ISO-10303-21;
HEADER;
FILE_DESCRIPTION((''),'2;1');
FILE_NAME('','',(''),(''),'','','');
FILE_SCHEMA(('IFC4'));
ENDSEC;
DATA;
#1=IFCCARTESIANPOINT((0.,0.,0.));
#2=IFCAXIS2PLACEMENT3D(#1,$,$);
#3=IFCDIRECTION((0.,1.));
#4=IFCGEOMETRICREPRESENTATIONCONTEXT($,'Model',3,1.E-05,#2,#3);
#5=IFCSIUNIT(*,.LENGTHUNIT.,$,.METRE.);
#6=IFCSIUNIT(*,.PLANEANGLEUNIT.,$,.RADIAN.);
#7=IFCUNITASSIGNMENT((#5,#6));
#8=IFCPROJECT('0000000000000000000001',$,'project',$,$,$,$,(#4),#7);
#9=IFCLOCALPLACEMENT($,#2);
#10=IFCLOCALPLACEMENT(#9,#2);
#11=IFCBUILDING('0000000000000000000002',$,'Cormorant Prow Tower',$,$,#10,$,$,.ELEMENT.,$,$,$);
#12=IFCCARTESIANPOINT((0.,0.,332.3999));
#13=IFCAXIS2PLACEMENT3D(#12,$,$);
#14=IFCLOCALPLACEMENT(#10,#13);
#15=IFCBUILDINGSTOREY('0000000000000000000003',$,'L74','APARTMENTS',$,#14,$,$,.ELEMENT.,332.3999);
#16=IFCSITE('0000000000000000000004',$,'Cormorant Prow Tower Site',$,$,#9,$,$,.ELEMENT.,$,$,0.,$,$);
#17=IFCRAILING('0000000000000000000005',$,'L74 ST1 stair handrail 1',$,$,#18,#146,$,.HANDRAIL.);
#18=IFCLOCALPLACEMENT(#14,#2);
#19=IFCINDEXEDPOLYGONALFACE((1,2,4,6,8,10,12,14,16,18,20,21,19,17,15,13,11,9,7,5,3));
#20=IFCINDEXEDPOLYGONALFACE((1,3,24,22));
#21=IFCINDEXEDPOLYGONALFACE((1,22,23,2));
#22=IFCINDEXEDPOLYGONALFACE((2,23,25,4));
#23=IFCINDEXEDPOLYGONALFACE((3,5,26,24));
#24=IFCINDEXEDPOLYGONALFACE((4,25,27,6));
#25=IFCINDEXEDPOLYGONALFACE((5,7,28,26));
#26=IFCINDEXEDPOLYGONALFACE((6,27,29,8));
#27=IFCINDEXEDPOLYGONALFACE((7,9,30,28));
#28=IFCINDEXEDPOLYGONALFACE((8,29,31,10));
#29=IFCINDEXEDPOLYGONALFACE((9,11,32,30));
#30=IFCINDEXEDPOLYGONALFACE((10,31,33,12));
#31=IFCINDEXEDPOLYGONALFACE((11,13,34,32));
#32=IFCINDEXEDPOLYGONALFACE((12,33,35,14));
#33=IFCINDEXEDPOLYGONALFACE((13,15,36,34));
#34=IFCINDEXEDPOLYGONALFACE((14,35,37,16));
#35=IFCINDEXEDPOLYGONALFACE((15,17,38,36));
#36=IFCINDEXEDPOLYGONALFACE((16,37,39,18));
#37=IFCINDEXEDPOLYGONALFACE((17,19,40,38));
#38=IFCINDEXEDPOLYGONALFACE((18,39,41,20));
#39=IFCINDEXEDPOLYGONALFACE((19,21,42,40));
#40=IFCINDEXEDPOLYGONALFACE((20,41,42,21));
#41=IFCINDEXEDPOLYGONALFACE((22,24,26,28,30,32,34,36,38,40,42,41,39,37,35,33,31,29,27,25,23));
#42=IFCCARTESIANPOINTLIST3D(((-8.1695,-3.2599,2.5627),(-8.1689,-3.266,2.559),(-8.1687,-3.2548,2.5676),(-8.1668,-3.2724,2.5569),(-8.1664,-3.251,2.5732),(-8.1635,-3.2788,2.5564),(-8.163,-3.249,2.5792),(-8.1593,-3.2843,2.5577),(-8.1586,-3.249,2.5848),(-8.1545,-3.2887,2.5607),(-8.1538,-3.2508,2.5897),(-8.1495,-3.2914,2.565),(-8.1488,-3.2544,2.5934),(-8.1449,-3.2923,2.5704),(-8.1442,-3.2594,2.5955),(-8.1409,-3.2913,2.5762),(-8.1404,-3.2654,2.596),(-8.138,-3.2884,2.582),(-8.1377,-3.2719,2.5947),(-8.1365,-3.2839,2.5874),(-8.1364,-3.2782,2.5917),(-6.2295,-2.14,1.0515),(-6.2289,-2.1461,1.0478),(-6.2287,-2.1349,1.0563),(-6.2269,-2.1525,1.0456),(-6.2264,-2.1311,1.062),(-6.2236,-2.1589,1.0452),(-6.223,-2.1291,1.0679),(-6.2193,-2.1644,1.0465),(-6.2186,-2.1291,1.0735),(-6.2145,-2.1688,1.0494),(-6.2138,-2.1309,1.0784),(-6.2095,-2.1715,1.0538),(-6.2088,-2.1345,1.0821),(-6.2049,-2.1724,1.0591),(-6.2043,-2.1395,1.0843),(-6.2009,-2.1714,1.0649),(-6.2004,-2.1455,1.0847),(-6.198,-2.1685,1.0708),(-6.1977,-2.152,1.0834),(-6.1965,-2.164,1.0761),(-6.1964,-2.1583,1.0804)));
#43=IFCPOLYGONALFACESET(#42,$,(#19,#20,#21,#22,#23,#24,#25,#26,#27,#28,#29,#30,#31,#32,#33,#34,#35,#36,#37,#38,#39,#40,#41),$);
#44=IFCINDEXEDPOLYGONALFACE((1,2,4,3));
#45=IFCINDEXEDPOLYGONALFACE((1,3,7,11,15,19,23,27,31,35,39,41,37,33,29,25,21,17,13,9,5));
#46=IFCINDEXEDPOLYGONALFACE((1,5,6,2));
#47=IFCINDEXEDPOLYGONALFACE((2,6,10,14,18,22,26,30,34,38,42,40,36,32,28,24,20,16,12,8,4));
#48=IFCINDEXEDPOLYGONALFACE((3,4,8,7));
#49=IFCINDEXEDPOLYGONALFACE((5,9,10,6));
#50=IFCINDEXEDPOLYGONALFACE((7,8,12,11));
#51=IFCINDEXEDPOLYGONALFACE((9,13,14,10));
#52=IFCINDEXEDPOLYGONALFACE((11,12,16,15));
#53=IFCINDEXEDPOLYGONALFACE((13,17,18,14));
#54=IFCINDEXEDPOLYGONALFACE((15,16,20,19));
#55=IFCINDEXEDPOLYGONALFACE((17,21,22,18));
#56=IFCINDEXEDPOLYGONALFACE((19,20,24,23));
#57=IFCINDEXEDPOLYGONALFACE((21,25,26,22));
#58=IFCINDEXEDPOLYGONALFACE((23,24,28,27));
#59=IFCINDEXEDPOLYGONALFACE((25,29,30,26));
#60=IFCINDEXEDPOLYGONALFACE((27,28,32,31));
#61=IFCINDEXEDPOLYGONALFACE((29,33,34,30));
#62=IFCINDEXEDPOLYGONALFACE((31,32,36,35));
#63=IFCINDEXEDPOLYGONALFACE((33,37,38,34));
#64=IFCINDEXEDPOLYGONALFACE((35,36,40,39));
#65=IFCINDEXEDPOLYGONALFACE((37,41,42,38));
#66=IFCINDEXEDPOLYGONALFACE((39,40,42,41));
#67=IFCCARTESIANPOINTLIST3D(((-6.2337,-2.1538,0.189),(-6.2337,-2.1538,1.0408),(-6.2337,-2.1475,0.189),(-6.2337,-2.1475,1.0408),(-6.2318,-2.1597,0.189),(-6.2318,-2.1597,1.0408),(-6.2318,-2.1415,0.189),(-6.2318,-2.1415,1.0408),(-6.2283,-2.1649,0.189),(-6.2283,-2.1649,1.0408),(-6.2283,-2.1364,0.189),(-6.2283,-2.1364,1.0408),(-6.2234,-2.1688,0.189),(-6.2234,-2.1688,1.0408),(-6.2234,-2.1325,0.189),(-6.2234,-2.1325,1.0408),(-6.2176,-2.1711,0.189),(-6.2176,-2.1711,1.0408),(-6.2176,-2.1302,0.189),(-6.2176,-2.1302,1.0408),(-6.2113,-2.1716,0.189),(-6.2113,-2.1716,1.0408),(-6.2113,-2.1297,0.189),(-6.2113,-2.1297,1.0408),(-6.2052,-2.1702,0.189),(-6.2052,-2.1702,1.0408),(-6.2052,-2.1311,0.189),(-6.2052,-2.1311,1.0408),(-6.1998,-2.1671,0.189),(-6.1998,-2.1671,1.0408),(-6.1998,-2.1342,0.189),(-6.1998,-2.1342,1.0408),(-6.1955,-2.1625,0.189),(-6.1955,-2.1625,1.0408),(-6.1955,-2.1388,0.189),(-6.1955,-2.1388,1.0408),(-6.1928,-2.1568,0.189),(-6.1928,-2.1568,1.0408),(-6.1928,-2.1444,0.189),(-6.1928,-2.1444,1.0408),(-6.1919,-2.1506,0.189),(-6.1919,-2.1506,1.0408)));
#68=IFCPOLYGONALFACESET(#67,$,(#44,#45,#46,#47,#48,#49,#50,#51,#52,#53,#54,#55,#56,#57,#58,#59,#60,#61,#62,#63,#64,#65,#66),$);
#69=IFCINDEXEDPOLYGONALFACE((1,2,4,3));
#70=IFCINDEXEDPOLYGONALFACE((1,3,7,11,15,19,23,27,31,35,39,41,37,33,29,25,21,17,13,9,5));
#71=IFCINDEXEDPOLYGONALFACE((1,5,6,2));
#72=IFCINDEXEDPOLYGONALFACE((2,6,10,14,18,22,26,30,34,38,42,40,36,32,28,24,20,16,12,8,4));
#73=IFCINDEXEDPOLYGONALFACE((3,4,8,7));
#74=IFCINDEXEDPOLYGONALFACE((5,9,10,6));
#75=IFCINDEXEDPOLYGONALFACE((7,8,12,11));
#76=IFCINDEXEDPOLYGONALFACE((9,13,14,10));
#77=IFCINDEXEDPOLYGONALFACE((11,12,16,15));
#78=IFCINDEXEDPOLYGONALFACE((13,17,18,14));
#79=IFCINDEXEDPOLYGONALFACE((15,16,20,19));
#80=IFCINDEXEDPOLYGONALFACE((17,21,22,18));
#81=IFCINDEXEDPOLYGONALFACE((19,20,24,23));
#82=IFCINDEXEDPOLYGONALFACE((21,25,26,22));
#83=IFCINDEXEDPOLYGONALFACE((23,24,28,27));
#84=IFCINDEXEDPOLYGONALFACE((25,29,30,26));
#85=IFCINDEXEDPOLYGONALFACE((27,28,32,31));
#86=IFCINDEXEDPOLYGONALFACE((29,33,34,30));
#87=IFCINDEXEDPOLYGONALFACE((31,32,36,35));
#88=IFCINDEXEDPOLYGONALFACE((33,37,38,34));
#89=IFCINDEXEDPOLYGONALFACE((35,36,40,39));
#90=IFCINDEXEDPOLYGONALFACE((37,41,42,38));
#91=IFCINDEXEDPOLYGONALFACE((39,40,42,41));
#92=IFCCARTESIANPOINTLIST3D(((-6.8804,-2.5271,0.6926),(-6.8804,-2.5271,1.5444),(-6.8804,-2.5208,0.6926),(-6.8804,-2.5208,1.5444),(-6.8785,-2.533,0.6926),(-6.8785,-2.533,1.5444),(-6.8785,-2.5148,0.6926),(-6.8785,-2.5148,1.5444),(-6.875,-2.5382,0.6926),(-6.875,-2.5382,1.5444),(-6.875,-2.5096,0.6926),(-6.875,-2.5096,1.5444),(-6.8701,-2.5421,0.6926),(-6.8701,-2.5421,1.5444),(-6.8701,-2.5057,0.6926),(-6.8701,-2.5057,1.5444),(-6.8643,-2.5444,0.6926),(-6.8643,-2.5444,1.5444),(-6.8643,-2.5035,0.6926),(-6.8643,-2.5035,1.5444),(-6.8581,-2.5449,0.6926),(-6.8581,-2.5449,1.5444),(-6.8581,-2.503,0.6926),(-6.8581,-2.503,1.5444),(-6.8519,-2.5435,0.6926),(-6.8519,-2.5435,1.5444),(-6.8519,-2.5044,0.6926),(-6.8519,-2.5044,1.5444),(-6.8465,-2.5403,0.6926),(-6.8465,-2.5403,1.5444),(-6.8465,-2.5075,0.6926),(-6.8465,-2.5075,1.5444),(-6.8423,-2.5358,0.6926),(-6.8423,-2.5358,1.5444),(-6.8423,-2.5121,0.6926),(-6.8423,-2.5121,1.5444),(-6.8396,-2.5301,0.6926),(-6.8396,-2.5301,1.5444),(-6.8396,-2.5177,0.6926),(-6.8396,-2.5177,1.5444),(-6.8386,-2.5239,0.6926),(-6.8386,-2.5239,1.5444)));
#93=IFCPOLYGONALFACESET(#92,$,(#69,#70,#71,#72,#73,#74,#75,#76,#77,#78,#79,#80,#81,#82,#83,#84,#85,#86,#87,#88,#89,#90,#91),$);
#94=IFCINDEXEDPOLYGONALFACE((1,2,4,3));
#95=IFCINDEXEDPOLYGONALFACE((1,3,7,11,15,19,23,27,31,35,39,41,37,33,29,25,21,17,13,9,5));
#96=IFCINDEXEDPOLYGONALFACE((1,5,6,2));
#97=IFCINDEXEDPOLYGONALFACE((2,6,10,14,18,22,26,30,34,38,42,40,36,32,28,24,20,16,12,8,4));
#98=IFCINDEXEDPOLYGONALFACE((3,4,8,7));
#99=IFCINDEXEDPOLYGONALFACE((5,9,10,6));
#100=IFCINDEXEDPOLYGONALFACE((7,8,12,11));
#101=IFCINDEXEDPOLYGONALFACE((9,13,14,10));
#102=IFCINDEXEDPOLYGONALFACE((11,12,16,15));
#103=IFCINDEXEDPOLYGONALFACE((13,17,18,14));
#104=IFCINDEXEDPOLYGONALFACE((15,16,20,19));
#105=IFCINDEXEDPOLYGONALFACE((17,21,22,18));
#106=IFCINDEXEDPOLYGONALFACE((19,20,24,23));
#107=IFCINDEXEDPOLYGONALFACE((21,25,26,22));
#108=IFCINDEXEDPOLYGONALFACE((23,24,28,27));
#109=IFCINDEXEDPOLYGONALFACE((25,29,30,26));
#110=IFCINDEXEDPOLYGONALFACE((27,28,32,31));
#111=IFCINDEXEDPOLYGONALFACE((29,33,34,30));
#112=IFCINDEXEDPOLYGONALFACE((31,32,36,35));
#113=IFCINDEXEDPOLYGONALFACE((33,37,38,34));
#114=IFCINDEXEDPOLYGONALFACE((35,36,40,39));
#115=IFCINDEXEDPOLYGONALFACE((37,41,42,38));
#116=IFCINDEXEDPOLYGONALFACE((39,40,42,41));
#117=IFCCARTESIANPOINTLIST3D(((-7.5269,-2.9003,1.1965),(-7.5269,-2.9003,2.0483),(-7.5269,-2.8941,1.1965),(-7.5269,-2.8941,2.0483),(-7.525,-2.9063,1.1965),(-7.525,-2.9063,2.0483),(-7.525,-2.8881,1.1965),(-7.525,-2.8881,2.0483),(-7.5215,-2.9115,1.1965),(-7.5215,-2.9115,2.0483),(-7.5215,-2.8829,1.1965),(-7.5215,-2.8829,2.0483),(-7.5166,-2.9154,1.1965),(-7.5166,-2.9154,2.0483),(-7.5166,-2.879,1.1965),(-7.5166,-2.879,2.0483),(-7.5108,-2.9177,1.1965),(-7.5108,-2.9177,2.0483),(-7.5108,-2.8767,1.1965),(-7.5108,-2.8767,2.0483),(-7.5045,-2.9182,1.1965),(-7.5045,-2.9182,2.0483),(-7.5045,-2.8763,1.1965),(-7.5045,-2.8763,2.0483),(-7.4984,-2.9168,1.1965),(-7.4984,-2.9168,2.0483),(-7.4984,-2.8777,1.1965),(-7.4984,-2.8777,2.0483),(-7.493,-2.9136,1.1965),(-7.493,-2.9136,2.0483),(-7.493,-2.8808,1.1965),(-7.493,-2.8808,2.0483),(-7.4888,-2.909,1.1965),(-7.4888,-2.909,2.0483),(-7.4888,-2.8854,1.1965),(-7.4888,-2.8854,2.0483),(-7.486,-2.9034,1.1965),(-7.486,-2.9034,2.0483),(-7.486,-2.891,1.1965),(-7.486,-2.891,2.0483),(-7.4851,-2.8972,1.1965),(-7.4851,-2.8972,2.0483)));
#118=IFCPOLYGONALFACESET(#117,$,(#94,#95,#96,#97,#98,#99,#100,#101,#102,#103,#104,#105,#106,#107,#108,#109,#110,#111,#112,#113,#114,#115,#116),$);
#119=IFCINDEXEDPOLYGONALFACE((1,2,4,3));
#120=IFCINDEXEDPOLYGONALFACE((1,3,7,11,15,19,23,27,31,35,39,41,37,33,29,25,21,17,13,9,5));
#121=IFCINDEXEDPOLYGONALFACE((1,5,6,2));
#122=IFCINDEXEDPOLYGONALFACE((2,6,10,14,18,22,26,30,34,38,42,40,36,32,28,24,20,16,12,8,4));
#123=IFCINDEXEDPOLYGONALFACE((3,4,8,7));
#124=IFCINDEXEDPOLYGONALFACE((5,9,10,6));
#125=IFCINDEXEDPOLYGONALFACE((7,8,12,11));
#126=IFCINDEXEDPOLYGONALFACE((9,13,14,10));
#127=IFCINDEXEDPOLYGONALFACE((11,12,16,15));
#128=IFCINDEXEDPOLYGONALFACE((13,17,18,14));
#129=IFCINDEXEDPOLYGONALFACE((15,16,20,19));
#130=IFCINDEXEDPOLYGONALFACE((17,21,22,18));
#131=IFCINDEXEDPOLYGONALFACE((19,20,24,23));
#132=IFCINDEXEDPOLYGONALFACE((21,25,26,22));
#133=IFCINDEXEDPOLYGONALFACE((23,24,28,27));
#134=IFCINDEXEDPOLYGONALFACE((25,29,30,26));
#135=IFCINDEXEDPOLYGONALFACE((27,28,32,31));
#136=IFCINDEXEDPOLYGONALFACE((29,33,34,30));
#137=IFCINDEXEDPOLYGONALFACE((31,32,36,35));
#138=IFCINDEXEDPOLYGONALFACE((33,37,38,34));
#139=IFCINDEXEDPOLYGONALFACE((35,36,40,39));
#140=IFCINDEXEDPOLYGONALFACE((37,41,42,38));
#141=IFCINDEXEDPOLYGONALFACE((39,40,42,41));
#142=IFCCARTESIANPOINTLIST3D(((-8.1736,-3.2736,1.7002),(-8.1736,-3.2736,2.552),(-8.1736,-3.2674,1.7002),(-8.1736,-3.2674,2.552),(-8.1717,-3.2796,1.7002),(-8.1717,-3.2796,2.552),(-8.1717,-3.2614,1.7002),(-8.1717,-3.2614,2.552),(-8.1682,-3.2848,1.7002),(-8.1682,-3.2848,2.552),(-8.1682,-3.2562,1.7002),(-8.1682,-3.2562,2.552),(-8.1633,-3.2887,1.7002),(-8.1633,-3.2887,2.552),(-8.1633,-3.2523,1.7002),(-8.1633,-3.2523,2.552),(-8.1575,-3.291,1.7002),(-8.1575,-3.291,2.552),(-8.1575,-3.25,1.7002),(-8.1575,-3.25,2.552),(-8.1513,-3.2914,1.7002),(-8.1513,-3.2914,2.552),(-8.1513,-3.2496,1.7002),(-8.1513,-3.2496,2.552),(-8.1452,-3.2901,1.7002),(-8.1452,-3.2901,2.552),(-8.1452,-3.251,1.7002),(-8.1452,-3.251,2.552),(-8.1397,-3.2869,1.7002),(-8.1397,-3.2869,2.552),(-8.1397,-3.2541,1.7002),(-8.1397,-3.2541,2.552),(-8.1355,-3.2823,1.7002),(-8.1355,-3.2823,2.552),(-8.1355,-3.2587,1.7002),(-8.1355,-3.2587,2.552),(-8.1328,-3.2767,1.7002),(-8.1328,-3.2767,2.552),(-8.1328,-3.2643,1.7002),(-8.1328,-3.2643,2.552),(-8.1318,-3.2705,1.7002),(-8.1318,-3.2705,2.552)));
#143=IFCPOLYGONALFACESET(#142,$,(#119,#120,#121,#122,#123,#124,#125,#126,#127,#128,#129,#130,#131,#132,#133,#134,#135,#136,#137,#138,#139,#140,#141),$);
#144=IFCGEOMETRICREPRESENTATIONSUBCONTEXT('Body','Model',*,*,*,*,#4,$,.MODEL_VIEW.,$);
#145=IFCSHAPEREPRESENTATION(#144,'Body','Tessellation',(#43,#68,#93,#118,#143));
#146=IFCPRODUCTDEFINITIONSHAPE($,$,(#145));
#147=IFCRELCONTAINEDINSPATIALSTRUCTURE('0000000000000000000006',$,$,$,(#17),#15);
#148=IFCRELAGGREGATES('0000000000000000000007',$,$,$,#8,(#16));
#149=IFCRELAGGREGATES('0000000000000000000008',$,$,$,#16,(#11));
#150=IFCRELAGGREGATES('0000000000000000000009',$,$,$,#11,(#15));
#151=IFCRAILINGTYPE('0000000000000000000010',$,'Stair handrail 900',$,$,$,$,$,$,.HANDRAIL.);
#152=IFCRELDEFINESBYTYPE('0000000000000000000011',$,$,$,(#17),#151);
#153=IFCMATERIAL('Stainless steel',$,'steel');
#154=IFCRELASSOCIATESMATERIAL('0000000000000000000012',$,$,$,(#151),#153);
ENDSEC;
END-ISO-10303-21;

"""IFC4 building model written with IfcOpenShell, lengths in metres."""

from ifc_helpers import new_model, si_unit, direction, frame, origin, origin_2d, place, context, subcontext, project, spatial, circle, extrude, material, type_object, element, save


model = new_model("IFC4")

# Units and contexts
model_context = context("Model", 3, precision=1e-05, world=origin(), true_north=direction((0.0, 1.0)))
body_context = subcontext(model_context, "Body", "Model", "MODEL_VIEW")
ifc_project = project(units=[si_unit("LENGTHUNIT", "METRE"), si_unit("PLANEANGLEUNIT", "RADIAN")], contexts=[model_context])

# Site, building, storey
site_placement = place(None, origin())
site = spatial("IfcSite", under=ifc_project, at=site_placement, Name="Cormorant Prow Tower Site", CompositionType="ELEMENT", RefElevation=0.0)
building_placement = place(site_placement, origin())
building = spatial("IfcBuilding", under=site, at=building_placement, Name="Cormorant Prow Tower", CompositionType="ELEMENT")
storey_placement = place(building_placement, frame((0.0, 0.0, 332.3999)))
storey = spatial("IfcBuildingStorey", under=building, at=storey_placement, Name="L74", Description="APARTMENTS", CompositionType="ELEMENT", Elevation=332.3999)

# Railing
ifc_material_1 = material(Name="Stainless steel", Category="steel")
railing_type = type_object("IfcRailingType", Name="Stair handrail 900", PredefinedType="HANDRAIL", material=ifc_material_1)
railing_placement = place(storey_placement, frame((-6.2129, -2.1506, 0.189)))
element("IfcRailing", 1, at=railing_placement, inside=storey, type_object=railing_type, Name="L74 ST1 stair handrail 1", PredefinedType="HANDRAIL", context=body_context, shape_type="SweptSolid", body=[
    extrude(circle(Radius=0.0239, at=origin_2d()), frame((0.0, 0.0, 0.876), z_axis=(-0.71794, -0.414447, 0.559281), x_axis=(0.499949, -0.866055, 0.0)), (0.0, 0.0, 1.0), 2.7021),
    extrude(circle(Radius=0.021, at=origin_2d()), origin(), (0.0, 0.0, 1.0), 0.8518),
    extrude(circle(Radius=0.021, at=origin_2d()), frame((-0.6467, -0.3733, 0.5037)), (0.0, 0.0, 1.0), 0.8518),
    extrude(circle(Radius=0.021, at=origin_2d()), frame((-1.2932, -0.7466, 1.0076)), (0.0, 0.0, 1.0), 0.8518),
    extrude(circle(Radius=0.021, at=origin_2d()), frame((-1.9399, -1.1199, 1.5112)), (0.0, 0.0, 1.0), 0.8518),
])

save(model, "model.ifc")
